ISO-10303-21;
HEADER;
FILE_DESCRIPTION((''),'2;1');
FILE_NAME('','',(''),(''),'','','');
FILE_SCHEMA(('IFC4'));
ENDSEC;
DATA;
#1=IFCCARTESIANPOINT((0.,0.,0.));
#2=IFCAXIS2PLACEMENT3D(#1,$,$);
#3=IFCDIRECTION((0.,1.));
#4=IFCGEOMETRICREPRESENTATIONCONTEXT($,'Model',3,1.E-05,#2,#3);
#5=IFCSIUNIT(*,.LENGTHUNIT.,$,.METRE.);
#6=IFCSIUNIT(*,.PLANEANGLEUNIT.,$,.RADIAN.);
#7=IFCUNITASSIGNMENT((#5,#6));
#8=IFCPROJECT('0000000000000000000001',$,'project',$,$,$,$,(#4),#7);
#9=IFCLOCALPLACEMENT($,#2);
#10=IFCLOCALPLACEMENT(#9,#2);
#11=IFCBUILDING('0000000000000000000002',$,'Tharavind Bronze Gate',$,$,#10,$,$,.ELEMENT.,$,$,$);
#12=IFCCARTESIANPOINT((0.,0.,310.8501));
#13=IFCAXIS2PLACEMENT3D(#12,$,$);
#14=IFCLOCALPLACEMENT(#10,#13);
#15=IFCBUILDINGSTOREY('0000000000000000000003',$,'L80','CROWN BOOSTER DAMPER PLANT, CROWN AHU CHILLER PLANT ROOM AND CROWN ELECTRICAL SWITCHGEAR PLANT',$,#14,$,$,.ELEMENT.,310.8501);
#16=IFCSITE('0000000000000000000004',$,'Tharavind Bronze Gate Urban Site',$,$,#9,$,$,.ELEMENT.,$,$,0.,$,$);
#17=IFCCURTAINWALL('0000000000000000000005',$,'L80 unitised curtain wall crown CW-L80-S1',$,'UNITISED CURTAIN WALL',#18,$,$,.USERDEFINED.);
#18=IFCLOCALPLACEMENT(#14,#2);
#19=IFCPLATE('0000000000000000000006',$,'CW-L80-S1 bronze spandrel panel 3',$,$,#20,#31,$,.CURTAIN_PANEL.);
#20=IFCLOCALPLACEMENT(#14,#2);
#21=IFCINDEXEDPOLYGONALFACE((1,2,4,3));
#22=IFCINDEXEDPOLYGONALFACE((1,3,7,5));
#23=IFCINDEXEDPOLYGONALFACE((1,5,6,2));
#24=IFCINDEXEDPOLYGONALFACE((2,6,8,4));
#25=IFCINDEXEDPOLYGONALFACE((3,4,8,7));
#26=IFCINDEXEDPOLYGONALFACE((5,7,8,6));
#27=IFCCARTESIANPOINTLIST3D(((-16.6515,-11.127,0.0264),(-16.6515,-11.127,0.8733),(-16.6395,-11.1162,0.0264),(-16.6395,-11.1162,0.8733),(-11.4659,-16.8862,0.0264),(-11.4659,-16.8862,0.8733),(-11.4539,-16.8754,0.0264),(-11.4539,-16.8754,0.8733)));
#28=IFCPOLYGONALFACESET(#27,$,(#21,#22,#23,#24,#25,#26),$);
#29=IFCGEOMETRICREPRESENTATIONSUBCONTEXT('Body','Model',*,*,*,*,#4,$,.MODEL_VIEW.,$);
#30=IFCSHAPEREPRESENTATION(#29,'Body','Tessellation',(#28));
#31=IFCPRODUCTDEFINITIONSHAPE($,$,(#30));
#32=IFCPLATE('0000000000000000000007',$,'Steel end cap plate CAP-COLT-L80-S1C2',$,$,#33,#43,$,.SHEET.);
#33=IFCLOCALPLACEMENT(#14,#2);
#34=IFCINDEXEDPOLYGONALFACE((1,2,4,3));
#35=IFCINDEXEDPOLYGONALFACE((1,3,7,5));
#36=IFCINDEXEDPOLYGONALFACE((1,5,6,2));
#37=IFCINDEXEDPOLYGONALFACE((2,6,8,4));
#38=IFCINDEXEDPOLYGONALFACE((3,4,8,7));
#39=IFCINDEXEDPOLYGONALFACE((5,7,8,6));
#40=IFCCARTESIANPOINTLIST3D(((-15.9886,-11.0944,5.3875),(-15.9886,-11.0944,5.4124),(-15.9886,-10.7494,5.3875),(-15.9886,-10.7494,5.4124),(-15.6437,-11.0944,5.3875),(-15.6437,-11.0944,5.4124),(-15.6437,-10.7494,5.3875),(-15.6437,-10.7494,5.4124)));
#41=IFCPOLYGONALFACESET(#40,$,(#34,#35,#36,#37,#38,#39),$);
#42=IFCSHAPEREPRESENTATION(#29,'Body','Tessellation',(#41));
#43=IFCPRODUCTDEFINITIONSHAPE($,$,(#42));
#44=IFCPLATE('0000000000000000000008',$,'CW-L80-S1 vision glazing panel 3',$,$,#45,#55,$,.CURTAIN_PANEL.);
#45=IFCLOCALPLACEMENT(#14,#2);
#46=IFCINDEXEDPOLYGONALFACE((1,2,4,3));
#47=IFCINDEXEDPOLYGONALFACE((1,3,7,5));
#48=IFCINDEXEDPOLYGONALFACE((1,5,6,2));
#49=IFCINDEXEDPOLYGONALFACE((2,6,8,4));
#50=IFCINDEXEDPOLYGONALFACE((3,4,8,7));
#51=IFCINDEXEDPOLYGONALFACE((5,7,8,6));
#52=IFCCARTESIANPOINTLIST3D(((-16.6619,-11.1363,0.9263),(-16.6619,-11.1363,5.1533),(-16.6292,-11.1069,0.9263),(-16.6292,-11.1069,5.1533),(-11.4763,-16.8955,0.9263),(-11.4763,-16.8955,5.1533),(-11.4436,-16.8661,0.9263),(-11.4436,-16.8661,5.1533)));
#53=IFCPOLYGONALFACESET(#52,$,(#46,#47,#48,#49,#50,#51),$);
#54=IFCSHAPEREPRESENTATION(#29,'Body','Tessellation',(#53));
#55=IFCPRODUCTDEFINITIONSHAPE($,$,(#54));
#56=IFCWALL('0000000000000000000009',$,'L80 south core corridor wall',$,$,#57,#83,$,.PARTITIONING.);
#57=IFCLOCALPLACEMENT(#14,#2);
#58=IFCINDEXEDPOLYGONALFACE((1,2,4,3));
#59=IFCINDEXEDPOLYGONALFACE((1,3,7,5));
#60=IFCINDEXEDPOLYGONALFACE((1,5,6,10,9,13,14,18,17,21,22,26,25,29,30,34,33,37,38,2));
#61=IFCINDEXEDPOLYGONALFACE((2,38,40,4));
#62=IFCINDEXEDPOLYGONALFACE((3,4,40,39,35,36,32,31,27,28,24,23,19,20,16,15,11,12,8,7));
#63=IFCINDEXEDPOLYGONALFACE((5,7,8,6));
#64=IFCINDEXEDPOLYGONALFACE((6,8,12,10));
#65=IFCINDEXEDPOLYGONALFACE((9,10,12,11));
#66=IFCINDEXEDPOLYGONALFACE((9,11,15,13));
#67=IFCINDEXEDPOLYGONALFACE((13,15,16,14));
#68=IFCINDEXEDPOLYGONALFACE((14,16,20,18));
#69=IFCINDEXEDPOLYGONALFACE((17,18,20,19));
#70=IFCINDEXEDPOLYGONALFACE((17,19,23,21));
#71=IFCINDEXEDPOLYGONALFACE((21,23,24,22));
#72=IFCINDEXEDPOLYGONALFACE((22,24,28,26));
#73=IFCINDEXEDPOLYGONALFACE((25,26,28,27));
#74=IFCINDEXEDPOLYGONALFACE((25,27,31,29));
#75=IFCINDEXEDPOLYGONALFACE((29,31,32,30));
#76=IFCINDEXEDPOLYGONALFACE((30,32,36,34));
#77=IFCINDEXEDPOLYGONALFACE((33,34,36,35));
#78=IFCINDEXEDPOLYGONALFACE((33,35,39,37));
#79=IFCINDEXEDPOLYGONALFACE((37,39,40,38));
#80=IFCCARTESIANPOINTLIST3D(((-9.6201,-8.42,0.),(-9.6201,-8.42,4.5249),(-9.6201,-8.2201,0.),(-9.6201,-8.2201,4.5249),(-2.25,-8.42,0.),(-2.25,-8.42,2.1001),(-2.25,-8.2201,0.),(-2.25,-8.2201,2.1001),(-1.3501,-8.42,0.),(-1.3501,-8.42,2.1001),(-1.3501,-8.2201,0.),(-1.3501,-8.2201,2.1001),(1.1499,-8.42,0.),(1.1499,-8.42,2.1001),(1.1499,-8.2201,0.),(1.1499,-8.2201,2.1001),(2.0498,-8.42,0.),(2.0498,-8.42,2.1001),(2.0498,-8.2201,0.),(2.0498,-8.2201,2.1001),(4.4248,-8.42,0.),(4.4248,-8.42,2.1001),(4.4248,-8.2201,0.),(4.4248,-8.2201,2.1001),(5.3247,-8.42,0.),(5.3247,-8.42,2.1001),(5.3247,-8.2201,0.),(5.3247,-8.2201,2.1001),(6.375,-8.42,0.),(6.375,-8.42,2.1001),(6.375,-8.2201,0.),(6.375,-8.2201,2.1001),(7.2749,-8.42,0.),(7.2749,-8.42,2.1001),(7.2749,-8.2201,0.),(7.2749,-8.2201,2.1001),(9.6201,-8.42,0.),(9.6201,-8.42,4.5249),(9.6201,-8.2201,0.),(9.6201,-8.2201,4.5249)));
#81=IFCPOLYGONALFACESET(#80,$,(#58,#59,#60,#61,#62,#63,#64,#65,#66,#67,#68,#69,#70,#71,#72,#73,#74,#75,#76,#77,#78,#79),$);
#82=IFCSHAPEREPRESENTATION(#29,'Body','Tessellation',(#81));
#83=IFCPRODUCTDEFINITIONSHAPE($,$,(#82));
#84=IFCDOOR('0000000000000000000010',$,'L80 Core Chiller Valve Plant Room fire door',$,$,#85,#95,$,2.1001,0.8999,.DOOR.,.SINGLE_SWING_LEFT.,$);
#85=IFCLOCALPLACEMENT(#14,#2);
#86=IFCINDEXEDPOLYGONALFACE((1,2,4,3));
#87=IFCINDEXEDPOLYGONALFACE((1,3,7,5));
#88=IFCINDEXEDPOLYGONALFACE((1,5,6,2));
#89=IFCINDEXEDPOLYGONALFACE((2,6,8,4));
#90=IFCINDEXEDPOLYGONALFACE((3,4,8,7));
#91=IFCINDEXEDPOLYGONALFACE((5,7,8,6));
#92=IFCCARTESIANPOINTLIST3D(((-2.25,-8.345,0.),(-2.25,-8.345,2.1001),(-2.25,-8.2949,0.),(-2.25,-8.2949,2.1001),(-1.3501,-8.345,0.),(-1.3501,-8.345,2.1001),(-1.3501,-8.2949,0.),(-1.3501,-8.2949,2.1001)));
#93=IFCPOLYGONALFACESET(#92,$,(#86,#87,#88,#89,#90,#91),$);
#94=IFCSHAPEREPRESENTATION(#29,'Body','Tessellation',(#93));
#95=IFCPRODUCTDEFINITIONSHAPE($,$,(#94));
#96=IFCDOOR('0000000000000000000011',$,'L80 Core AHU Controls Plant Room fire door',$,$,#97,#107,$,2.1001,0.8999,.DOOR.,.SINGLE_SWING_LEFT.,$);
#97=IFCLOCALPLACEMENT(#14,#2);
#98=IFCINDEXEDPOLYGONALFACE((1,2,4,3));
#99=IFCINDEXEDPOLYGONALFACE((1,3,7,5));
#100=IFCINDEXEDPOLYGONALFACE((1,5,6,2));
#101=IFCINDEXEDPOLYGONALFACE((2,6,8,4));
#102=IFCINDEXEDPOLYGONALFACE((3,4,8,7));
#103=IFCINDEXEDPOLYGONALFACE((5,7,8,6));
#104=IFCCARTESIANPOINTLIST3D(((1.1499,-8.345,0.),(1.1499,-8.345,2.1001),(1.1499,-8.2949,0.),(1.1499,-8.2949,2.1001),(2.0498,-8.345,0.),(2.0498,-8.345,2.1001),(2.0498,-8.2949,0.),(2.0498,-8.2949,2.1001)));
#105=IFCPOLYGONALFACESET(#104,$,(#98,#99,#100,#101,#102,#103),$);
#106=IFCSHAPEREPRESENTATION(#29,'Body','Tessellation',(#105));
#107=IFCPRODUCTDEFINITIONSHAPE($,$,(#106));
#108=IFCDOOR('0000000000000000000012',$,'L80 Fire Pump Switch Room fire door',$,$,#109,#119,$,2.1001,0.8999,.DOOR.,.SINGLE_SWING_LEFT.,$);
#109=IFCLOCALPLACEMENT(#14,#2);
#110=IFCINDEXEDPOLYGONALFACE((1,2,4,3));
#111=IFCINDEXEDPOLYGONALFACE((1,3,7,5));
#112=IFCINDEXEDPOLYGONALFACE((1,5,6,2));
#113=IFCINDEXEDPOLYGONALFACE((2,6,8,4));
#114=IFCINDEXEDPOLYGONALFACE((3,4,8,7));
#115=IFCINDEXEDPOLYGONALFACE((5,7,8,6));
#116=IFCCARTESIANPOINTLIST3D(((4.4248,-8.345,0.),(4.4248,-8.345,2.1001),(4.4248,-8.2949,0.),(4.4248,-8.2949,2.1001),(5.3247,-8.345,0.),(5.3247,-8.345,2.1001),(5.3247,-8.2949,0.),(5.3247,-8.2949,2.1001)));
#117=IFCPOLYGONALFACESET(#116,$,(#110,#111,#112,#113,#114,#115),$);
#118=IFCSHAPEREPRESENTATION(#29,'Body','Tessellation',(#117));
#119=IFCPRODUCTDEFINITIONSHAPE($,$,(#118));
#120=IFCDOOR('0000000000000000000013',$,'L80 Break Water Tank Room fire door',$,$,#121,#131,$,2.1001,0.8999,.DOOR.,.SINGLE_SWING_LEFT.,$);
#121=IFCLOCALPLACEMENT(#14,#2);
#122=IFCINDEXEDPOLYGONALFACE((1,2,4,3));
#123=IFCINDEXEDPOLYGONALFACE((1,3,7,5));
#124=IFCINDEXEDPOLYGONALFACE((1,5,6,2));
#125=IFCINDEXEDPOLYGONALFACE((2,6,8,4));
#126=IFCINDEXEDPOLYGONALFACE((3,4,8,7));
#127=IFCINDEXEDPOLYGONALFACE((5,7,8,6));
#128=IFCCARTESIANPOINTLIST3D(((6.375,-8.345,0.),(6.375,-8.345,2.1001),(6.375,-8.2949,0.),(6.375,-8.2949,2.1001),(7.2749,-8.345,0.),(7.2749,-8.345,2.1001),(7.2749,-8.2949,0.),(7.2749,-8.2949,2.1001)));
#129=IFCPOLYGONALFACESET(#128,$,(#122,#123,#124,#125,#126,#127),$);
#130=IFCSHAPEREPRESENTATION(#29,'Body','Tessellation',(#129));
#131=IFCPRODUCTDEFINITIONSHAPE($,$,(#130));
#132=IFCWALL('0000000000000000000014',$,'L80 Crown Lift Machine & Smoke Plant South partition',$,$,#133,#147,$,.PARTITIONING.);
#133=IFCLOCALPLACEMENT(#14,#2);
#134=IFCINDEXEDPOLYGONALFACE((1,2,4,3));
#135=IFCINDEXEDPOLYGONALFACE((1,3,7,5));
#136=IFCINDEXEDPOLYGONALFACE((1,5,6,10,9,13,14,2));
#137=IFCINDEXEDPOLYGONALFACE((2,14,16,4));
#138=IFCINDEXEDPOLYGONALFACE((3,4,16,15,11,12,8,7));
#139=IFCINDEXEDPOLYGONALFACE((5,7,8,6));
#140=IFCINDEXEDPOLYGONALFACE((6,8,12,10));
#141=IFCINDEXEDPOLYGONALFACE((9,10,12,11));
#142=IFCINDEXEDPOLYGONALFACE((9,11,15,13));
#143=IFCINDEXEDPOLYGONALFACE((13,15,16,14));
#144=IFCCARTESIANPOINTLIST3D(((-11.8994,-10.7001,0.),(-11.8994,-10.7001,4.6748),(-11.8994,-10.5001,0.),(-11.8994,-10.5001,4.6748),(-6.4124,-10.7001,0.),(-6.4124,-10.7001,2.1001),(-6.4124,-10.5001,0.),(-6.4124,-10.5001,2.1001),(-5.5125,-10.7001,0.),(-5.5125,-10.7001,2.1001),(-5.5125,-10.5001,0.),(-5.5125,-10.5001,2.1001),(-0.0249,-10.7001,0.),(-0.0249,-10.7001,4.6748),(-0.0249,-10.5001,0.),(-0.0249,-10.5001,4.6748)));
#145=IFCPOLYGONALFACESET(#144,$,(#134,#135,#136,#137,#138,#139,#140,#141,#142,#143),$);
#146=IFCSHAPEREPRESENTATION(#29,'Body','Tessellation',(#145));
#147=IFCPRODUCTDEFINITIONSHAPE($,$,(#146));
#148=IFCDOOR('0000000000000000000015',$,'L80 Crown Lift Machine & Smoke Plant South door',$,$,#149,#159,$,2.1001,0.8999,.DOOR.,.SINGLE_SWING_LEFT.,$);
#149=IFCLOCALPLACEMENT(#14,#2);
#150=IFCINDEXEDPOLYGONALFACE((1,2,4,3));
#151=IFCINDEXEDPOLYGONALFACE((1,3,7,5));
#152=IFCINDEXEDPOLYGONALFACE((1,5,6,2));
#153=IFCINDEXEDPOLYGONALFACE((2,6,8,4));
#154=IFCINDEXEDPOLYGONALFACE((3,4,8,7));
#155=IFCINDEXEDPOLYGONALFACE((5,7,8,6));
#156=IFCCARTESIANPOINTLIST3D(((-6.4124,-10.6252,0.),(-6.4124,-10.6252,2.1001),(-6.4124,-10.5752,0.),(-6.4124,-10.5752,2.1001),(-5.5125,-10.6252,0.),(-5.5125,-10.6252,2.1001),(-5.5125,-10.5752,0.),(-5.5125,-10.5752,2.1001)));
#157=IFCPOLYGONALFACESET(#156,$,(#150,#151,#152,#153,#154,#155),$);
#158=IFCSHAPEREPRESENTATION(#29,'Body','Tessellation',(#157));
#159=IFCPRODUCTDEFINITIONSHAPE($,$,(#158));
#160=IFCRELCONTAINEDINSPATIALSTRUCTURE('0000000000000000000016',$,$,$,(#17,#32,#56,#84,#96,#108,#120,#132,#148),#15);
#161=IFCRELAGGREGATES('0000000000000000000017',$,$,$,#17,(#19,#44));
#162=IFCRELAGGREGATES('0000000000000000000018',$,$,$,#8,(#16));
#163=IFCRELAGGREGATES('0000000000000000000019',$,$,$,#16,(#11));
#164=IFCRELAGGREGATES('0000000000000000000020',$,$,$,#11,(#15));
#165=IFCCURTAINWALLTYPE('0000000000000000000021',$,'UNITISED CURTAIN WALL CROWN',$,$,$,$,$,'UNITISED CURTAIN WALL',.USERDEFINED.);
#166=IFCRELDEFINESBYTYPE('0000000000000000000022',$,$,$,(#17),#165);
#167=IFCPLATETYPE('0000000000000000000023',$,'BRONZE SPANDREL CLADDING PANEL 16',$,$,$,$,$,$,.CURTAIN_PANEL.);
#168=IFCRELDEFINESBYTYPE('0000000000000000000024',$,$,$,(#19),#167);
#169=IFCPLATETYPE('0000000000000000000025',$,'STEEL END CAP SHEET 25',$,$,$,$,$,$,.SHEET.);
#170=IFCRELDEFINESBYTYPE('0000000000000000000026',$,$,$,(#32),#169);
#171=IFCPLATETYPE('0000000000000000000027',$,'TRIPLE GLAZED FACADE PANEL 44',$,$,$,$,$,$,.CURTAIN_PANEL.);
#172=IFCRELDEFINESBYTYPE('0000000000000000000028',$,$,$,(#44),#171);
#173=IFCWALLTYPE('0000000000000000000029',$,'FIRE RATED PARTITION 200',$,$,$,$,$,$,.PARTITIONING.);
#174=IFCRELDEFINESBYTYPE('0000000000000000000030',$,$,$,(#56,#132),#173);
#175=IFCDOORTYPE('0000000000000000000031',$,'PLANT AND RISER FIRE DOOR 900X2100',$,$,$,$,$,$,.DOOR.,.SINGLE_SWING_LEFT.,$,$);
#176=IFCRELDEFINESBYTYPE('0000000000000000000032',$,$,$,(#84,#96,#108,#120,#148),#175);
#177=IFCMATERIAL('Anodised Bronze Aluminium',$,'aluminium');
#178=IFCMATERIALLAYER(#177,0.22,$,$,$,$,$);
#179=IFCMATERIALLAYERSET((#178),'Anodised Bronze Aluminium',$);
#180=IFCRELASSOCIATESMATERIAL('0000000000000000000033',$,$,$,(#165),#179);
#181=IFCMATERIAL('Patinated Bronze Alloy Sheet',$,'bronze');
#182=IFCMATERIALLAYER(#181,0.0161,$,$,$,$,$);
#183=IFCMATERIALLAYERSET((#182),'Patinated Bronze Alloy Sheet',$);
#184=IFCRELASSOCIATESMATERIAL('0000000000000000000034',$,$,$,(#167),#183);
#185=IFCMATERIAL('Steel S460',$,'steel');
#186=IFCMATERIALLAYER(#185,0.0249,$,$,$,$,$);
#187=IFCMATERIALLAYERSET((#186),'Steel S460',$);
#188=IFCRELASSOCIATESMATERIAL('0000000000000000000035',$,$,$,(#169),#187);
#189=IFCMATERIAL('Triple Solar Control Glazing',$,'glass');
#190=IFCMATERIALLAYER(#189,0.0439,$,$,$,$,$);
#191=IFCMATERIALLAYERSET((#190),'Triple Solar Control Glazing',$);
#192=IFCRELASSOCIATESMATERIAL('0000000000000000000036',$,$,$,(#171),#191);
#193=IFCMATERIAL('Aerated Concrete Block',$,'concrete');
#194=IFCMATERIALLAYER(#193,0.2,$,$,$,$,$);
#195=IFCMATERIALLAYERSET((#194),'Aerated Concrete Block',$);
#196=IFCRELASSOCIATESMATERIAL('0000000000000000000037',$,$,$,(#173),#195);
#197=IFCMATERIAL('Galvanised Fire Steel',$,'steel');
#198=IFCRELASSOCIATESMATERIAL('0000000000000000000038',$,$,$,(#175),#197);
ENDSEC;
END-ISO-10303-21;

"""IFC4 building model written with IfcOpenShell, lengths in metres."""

from ifc_helpers import new_model, si_unit, direction, frame, frame_2d, origin, origin_2d, place, context, subcontext, project, spatial, rectangle, extrude, material, layer, layer_set, type_object, element, fill, aggregate, save


model = new_model("IFC4")

# Units and contexts
model_context = context("Model", 3, precision=1e-05, world=origin(), true_north=direction((0.0, 1.0)))
body_context = subcontext(model_context, "Body", "Model", "MODEL_VIEW")
ifc_project = project(units=[si_unit("LENGTHUNIT", "METRE"), si_unit("PLANEANGLEUNIT", "RADIAN")], contexts=[model_context])

# Site, building, storey
site_placement = place(None, origin())
site = spatial("IfcSite", under=ifc_project, at=site_placement, Name="Tharavind Bronze Gate Urban Site", CompositionType="ELEMENT", RefElevation=0.0)
building_placement = place(site_placement, origin())
building = spatial("IfcBuilding", under=site, at=building_placement, Name="Tharavind Bronze Gate", CompositionType="ELEMENT")
storey_placement = place(building_placement, frame((0.0, 0.0, 310.8501)))
storey = spatial("IfcBuildingStorey", under=building, at=storey_placement, Name="L80", Description="CROWN BOOSTER DAMPER PLANT, CROWN AHU CHILLER PLANT ROOM AND CROWN ELECTRICAL SWITCHGEAR PLANT", CompositionType="ELEMENT", Elevation=310.8501)

# Shared definitions
ifc_material_1 = material(Name="Steel S460", Category="steel")

# Curtain wall
ifc_material_2 = material(Name="Anodised Bronze Aluminium", Category="aluminium")
ifc_layer_1 = layer(ifc_material_2, 0.22)
ifc_layer_set_1 = layer_set([ifc_layer_1], Name="Anodised Bronze Aluminium")
curtain_wall_type = type_object("IfcCurtainWallType", Name="UNITISED CURTAIN WALL CROWN", ElementType="UNITISED CURTAIN WALL", PredefinedType="USERDEFINED", material=ifc_layer_set_1)
curtain_wall_placement = place(storey_placement, origin())
curtain_wall = element("IfcCurtainWall", 1, at=curtain_wall_placement, inside=storey, type_object=curtain_wall_type, Name="L80 unitised curtain wall crown CW-L80-S1", ObjectType="UNITISED CURTAIN WALL", PredefinedType="USERDEFINED")

# Plates
ifc_material_3 = material(Name="Patinated Bronze Alloy Sheet", Category="bronze")
ifc_layer_2 = layer(ifc_material_3, 0.0161)
ifc_layer_set_2 = layer_set([ifc_layer_2], Name="Patinated Bronze Alloy Sheet")
plate_type_1 = type_object("IfcPlateType", Name="BRONZE SPANDREL CLADDING PANEL 16", PredefinedType="CURTAIN_PANEL", material=ifc_layer_set_2)
plate_1_placement = place(storey_placement, frame((-14.0527, -14.0012, 0.0264), z_axis=(0.0, 0.0, 1.0), x_axis=(0.669131, -0.743145, 0.0)))
plate_1 = element("IfcPlate", 2, at=plate_1_placement, type_object=plate_type_1, Name="CW-L80-S1 bronze spandrel panel 3", PredefinedType="CURTAIN_PANEL", context=body_context, shape_type="SweptSolid", body=[
    extrude(rectangle(XDim=7.7498, YDim=0.0161, at=origin_2d()), origin(), (0.0, 0.0, 1.0), 0.8469),
])
ifc_layer_3 = layer(ifc_material_1, 0.0249)
ifc_layer_set_3 = layer_set([ifc_layer_3], Name="Steel S460")
plate_type_2 = type_object("IfcPlateType", Name="STEEL END CAP SHEET 25", PredefinedType="SHEET", material=ifc_layer_set_3)
plate_2_placement = place(storey_placement, frame((-15.8162, -10.9219, 5.3875), z_axis=(0.0, 0.0, 1.0), x_axis=(1.0, 0.0, 0.0)))
element("IfcPlate", 3, at=plate_2_placement, inside=storey, type_object=plate_type_2, Name="Steel end cap plate CAP-COLT-L80-S1C2", PredefinedType="SHEET", context=body_context, shape_type="SweptSolid", body=[
    extrude(rectangle(XDim=0.345, YDim=0.345, at=origin_2d()), origin(), (0.0, 0.0, 1.0), 0.0249),
])
ifc_material_4 = material(Name="Triple Solar Control Glazing", Category="glass")
ifc_layer_4 = layer(ifc_material_4, 0.0439)
ifc_layer_set_4 = layer_set([ifc_layer_4], Name="Triple Solar Control Glazing")
plate_type_3 = type_object("IfcPlateType", Name="TRIPLE GLAZED FACADE PANEL 44", PredefinedType="CURTAIN_PANEL", material=ifc_layer_set_4)
plate_3_placement = place(storey_placement, frame((-14.0527, -14.0012, 0.9263), z_axis=(0.0, 0.0, 1.0), x_axis=(0.669131, -0.743145, 0.0)))
plate_3 = element("IfcPlate", 4, at=plate_3_placement, type_object=plate_type_3, Name="CW-L80-S1 vision glazing panel 3", PredefinedType="CURTAIN_PANEL", context=body_context, shape_type="SweptSolid", body=[
    extrude(rectangle(XDim=7.7498, YDim=0.0439, at=origin_2d()), origin(), (0.0, 0.0, 1.0), 4.2271),
])
aggregate(curtain_wall, [plate_1, plate_3])

# Wall, openings, doors
ifc_material_5 = material(Name="Aerated Concrete Block", Category="concrete")
ifc_layer_5 = layer(ifc_material_5, 0.2)
ifc_layer_set_5 = layer_set([ifc_layer_5], Name="Aerated Concrete Block")
wall_type_1 = type_object("IfcWallType", Name="FIRE RATED PARTITION 200", PredefinedType="PARTITIONING", material=ifc_layer_set_5)
wall_1_placement = place(storey_placement, frame((-9.6201, -8.3201, 0.0), z_axis=(0.0, 0.0, 1.0), x_axis=(1.0, 0.0, 0.0)))
wall_1 = element("IfcWall", 5, at=wall_1_placement, inside=storey, type_object=wall_type_1, Name="L80 south core corridor wall", PredefinedType="PARTITIONING", context=body_context, shape_type="SweptSolid", body=[
    extrude(rectangle(XDim=19.2402, YDim=0.2, at=frame_2d((9.6201, 0.0))), origin(), (0.0, 0.0, 1.0), 4.5249),
])
opening_1_placement = place(wall_1_placement, frame((7.3701, 0.0, 0.0)))
opening_1 = element("IfcOpeningElement", 6, at=opening_1_placement, cuts=wall_1, PredefinedType="OPENING", context=body_context, shape_type="SweptSolid", body=[
    extrude(rectangle(XDim=0.8999, YDim=2.1001, at=frame_2d((0.45, 1.05))), frame((0.0, 0.1101, 0.0), z_axis=(0.0, -1.0, 0.0), x_axis=(1.0, 0.0, 0.0)), (0.0, 0.0, 1.0), 0.22),
])
opening_2_placement = place(wall_1_placement, frame((10.77, 0.0, 0.0)))
opening_2 = element("IfcOpeningElement", 7, at=opening_2_placement, cuts=wall_1, PredefinedType="OPENING", context=body_context, shape_type="SweptSolid", body=[
    extrude(rectangle(XDim=0.8999, YDim=2.1001, at=frame_2d((0.45, 1.05))), frame((0.0, 0.1101, 0.0), z_axis=(0.0, -1.0, 0.0), x_axis=(1.0, 0.0, 0.0)), (0.0, 0.0, 1.0), 0.22),
])
opening_3_placement = place(wall_1_placement, frame((14.0449, 0.0, 0.0)))
opening_3 = element("IfcOpeningElement", 8, at=opening_3_placement, cuts=wall_1, PredefinedType="OPENING", context=body_context, shape_type="SweptSolid", body=[
    extrude(rectangle(XDim=0.8999, YDim=2.1001, at=frame_2d((0.45, 1.05))), frame((0.0, 0.1101, 0.0), z_axis=(0.0, -1.0, 0.0), x_axis=(1.0, 0.0, 0.0)), (0.0, 0.0, 1.0), 0.22),
])
opening_4_placement = place(wall_1_placement, frame((15.9951, 0.0, 0.0)))
opening_4 = element("IfcOpeningElement", 9, at=opening_4_placement, cuts=wall_1, PredefinedType="OPENING", context=body_context, shape_type="SweptSolid", body=[
    extrude(rectangle(XDim=0.8999, YDim=2.1001, at=frame_2d((0.45, 1.05))), frame((0.0, 0.1101, 0.0), z_axis=(0.0, -1.0, 0.0), x_axis=(1.0, 0.0, 0.0)), (0.0, 0.0, 1.0), 0.22),
])
ifc_material_6 = material(Name="Galvanised Fire Steel", Category="steel")
door_type = type_object("IfcDoorType", Name="PLANT AND RISER FIRE DOOR 900X2100", OperationType="SINGLE_SWING_LEFT", PredefinedType="DOOR", material=ifc_material_6)
door_1_placement = place(opening_1_placement, frame((0.8999, 0.0, 0.0), z_axis=(0.0, 0.0, 1.0), x_axis=(-1.0, 0.0, 0.0)))
door_1 = element("IfcDoor", 10, at=door_1_placement, inside=storey, type_object=door_type, Name="L80 Core Chiller Valve Plant Room fire door", OperationType="SINGLE_SWING_LEFT", OverallHeight=2.1001, OverallWidth=0.8999, PredefinedType="DOOR", context=body_context, shape_type="SweptSolid", body=[
    extrude(rectangle(XDim=0.8999, YDim=2.1001, at=frame_2d((0.45, 1.05))), frame((0.0, 0.0249, 0.0), z_axis=(0.0, -1.0, 0.0), x_axis=(1.0, 0.0, 0.0)), (0.0, 0.0, 1.0), 0.05),
])
fill(opening_1, door_1)
door_2_placement = place(opening_2_placement, frame((0.8999, 0.0, 0.0), z_axis=(0.0, 0.0, 1.0), x_axis=(-1.0, 0.0, 0.0)))
door_2 = element("IfcDoor", 11, at=door_2_placement, inside=storey, type_object=door_type, Name="L80 Core AHU Controls Plant Room fire door", OperationType="SINGLE_SWING_LEFT", OverallHeight=2.1001, OverallWidth=0.8999, PredefinedType="DOOR", context=body_context, shape_type="SweptSolid", body=[
    extrude(rectangle(XDim=0.8999, YDim=2.1001, at=frame_2d((0.45, 1.05))), frame((0.0, 0.0249, 0.0), z_axis=(0.0, -1.0, 0.0), x_axis=(1.0, 0.0, 0.0)), (0.0, 0.0, 1.0), 0.05),
])
fill(opening_2, door_2)
door_3_placement = place(opening_3_placement, frame((0.8999, 0.0, 0.0), z_axis=(0.0, 0.0, 1.0), x_axis=(-1.0, 0.0, 0.0)))
door_3 = element("IfcDoor", 12, at=door_3_placement, inside=storey, type_object=door_type, Name="L80 Fire Pump Switch Room fire door", OperationType="SINGLE_SWING_LEFT", OverallHeight=2.1001, OverallWidth=0.8999, PredefinedType="DOOR", context=body_context, shape_type="SweptSolid", body=[
    extrude(rectangle(XDim=0.8999, YDim=2.1001, at=frame_2d((0.45, 1.05))), frame((0.0, 0.0249, 0.0), z_axis=(0.0, -1.0, 0.0), x_axis=(1.0, 0.0, 0.0)), (0.0, 0.0, 1.0), 0.05),
])
fill(opening_3, door_3)
door_4_placement = place(opening_4_placement, frame((0.8999, 0.0, 0.0), z_axis=(0.0, 0.0, 1.0), x_axis=(-1.0, 0.0, 0.0)))
door_4 = element("IfcDoor", 13, at=door_4_placement, inside=storey, type_object=door_type, Name="L80 Break Water Tank Room fire door", OperationType="SINGLE_SWING_LEFT", OverallHeight=2.1001, OverallWidth=0.8999, PredefinedType="DOOR", context=body_context, shape_type="SweptSolid", body=[
    extrude(rectangle(XDim=0.8999, YDim=2.1001, at=frame_2d((0.45, 1.05))), frame((0.0, 0.0249, 0.0), z_axis=(0.0, -1.0, 0.0), x_axis=(1.0, 0.0, 0.0)), (0.0, 0.0, 1.0), 0.05),
])
fill(opening_4, door_4)

# Wall, opening, door
wall_2_placement = place(storey_placement, frame((-11.8994, -10.6001, 0.0), z_axis=(0.0, 0.0, 1.0), x_axis=(1.0, 0.0, 0.0)))
wall_2 = element("IfcWall", 14, at=wall_2_placement, inside=storey, type_object=wall_type_1, Name="L80 Crown Lift Machine & Smoke Plant South partition", PredefinedType="PARTITIONING", context=body_context, shape_type="SweptSolid", body=[
    extrude(rectangle(XDim=11.8745, YDim=0.2, at=frame_2d((5.9373, 0.0))), origin(), (0.0, 0.0, 1.0), 4.6748),
])
opening_5_placement = place(wall_2_placement, frame((5.4871, 0.0, 0.0)))
opening_5 = element("IfcOpeningElement", 15, at=opening_5_placement, cuts=wall_2, PredefinedType="OPENING", context=body_context, shape_type="SweptSolid", body=[
    extrude(rectangle(XDim=0.8999, YDim=2.1001, at=frame_2d((0.45, 1.05))), frame((0.0, 0.1101, 0.0), z_axis=(0.0, -1.0, 0.0), x_axis=(1.0, 0.0, 0.0)), (0.0, 0.0, 1.0), 0.22),
])
door_5_placement = place(opening_5_placement, origin())
door_5 = element("IfcDoor", 16, at=door_5_placement, inside=storey, type_object=door_type, Name="L80 Crown Lift Machine & Smoke Plant South door", OperationType="SINGLE_SWING_LEFT", OverallHeight=2.1001, OverallWidth=0.8999, PredefinedType="DOOR", context=body_context, shape_type="SweptSolid", body=[
    extrude(rectangle(XDim=0.8999, YDim=2.1001, at=frame_2d((0.45, 1.05))), frame((0.0, 0.0249, 0.0), z_axis=(0.0, -1.0, 0.0), x_axis=(1.0, 0.0, 0.0)), (0.0, 0.0, 1.0), 0.05),
])
fill(opening_5, door_5)

save(model, "model.ifc")
